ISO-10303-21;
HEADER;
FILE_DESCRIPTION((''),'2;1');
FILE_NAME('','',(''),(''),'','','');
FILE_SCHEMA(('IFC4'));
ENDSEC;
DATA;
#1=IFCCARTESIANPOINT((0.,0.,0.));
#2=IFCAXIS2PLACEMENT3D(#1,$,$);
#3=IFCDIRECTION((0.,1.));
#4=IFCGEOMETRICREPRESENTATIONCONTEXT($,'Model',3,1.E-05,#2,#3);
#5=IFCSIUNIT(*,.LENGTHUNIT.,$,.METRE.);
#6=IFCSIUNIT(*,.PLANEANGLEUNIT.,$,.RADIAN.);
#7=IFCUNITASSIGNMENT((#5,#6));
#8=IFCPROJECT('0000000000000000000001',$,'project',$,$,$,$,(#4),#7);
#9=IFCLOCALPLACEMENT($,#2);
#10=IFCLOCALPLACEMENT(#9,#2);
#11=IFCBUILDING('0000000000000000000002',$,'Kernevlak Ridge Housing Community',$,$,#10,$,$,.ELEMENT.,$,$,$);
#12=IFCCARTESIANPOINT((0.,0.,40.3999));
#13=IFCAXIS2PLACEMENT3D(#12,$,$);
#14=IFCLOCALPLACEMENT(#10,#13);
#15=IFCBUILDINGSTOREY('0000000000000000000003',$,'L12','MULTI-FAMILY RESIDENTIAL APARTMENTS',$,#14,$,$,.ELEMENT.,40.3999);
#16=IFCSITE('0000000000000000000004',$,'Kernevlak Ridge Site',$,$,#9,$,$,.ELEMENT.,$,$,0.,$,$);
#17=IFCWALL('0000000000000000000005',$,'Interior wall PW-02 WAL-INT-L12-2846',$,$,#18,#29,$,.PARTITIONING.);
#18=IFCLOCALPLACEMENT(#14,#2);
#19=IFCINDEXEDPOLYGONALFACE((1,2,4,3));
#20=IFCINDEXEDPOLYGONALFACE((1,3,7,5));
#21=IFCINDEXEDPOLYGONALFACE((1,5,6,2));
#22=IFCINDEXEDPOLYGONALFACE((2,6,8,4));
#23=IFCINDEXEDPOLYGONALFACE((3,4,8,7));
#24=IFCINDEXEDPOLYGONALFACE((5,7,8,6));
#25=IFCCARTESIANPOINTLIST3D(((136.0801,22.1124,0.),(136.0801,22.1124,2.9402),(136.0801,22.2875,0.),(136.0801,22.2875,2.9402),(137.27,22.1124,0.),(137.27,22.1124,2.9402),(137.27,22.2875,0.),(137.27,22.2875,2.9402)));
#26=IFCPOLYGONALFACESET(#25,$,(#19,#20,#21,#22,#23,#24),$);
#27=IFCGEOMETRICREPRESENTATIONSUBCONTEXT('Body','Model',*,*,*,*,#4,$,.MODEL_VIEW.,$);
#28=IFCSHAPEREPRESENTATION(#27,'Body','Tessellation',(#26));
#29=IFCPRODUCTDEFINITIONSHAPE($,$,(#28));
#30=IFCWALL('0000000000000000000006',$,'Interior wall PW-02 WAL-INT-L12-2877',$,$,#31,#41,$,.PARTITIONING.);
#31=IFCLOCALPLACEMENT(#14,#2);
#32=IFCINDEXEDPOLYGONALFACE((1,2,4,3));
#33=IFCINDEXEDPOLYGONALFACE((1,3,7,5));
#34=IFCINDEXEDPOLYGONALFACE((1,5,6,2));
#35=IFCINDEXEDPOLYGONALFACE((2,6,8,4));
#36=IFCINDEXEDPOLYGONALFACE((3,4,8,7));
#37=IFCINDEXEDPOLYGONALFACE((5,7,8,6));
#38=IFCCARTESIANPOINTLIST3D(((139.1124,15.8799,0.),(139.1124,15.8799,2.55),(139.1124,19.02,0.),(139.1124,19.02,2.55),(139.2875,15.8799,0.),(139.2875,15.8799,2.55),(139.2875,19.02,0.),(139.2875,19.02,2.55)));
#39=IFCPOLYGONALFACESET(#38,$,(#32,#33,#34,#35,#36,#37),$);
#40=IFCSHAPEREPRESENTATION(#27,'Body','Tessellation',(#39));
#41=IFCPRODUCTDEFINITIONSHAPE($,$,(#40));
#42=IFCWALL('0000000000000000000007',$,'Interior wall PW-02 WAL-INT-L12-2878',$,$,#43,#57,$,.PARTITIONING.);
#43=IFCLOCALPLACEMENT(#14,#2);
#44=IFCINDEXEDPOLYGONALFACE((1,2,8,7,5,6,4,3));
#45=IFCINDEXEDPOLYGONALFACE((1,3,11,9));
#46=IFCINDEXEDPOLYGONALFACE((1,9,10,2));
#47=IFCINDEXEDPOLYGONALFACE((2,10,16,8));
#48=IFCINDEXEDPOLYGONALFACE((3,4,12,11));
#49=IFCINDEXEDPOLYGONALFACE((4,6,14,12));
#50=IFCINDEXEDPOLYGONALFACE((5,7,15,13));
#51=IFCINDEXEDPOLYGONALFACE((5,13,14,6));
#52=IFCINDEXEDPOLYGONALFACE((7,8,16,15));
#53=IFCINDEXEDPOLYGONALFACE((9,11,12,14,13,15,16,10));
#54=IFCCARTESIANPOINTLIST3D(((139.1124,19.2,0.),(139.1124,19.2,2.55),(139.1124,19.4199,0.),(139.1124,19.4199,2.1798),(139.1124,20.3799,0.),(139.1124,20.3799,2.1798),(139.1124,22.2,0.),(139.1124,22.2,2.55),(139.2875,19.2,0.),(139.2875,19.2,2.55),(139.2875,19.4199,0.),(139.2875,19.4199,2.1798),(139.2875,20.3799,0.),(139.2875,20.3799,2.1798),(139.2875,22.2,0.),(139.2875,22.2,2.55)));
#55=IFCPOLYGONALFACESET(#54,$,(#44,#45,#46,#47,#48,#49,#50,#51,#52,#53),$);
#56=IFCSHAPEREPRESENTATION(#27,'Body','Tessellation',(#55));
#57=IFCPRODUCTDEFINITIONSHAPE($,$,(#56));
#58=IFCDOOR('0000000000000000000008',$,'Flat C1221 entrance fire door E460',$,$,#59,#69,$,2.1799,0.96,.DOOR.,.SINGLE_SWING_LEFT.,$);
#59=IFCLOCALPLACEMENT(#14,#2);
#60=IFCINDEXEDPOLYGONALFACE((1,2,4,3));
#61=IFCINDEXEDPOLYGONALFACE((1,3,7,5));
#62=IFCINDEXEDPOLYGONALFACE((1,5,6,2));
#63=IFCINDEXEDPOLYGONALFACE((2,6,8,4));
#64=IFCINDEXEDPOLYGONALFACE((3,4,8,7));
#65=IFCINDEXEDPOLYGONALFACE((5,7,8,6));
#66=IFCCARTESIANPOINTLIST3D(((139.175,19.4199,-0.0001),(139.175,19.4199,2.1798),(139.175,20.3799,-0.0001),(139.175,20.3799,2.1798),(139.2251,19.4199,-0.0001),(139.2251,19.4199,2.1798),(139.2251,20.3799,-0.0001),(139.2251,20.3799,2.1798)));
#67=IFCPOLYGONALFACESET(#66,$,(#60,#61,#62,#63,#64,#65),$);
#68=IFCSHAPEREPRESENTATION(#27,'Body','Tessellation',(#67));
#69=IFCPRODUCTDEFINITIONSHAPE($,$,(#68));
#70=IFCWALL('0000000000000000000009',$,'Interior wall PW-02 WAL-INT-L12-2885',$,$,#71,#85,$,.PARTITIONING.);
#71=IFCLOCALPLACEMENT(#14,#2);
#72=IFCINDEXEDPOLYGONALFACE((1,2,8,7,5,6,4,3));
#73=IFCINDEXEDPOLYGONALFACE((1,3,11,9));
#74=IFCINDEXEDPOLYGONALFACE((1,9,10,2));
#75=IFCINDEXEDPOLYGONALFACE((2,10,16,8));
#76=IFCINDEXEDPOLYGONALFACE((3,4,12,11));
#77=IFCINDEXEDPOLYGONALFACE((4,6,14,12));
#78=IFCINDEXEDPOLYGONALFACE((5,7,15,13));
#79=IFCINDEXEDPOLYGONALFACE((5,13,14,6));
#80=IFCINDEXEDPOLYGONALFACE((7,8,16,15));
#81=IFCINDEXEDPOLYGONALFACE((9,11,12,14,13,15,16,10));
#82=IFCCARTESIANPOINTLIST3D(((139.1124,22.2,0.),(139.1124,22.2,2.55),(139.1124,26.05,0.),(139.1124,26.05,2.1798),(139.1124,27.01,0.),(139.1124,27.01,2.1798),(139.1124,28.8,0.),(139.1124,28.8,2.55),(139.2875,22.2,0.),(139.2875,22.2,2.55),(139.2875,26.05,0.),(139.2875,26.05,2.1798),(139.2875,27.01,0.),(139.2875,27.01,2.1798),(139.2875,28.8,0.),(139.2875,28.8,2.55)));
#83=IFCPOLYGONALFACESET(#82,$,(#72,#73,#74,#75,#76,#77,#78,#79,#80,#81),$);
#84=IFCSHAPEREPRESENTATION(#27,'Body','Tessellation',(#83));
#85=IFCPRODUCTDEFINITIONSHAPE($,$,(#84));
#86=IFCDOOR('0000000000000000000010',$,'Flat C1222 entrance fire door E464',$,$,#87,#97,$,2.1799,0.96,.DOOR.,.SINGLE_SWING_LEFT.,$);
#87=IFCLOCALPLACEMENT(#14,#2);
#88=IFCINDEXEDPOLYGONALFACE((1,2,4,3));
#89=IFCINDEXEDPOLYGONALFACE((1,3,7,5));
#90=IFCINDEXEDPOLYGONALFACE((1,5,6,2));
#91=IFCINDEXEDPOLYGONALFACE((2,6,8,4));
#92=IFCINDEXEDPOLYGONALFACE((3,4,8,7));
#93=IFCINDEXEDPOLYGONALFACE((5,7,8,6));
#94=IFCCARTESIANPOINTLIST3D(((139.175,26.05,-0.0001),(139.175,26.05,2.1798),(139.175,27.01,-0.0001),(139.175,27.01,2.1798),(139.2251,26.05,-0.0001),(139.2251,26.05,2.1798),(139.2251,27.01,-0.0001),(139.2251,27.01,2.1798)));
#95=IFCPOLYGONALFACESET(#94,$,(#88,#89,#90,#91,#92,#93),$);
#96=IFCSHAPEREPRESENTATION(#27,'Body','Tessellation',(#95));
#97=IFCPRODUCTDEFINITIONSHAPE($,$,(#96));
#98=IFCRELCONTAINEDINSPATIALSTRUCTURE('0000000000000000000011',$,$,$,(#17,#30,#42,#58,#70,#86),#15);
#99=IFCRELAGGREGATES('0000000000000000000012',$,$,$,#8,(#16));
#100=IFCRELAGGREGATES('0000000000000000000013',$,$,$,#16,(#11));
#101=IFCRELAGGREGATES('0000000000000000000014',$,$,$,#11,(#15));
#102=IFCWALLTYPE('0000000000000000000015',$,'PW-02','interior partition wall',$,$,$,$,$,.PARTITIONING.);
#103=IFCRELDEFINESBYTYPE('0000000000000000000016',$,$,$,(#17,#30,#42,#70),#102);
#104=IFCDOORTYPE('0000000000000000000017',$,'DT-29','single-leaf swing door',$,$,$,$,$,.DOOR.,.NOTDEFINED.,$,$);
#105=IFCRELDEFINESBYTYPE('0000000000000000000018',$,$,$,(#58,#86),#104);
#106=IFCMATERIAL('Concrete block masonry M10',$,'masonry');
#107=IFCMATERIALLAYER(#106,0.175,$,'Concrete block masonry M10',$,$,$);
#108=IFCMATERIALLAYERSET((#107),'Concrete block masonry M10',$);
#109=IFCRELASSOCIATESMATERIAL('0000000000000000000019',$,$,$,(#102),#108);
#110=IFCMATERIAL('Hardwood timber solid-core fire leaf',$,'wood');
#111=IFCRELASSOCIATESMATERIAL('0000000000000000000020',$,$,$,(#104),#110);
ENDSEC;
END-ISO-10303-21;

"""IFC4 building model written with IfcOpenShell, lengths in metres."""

from ifc_helpers import new_model, si_unit, direction, frame, frame_2d, origin, place, context, subcontext, project, spatial, rectangle, extrude, material, layer, layer_set, type_object, element, fill, save


model = new_model("IFC4")

# Units and contexts
model_context = context("Model", 3, precision=1e-05, world=origin(), true_north=direction((0.0, 1.0)))
body_context = subcontext(model_context, "Body", "Model", "MODEL_VIEW")
ifc_project = project(units=[si_unit("LENGTHUNIT", "METRE"), si_unit("PLANEANGLEUNIT", "RADIAN")], contexts=[model_context])

# Site, building, storey
site_placement = place(None, origin())
site = spatial("IfcSite", under=ifc_project, at=site_placement, Name="Kernevlak Ridge Site", CompositionType="ELEMENT", RefElevation=0.0)
building_placement = place(site_placement, origin())
building = spatial("IfcBuilding", under=site, at=building_placement, Name="Kernevlak Ridge Housing Community", CompositionType="ELEMENT")
storey_placement = place(building_placement, frame((0.0, 0.0, 40.3999)))
storey = spatial("IfcBuildingStorey", under=building, at=storey_placement, Name="L12", Description="MULTI-FAMILY RESIDENTIAL APARTMENTS", CompositionType="ELEMENT", Elevation=40.3999)

# Shared definitions
ifc_material_1 = material(Name="Concrete block masonry M10", Category="masonry")
ifc_layer_1 = layer(ifc_material_1, 0.175, Name="Concrete block masonry M10")
ifc_layer_set_1 = layer_set([ifc_layer_1], Name="Concrete block masonry M10")
wall_type_1 = type_object("IfcWallType", Name="PW-02", Description="interior partition wall", PredefinedType="PARTITIONING", material=ifc_layer_set_1)

# Walls
wall_1_placement = place(storey_placement, frame((136.0801, 22.2, 0.0), z_axis=(0.0, 0.0, 1.0), x_axis=(1.0, 0.0, 0.0)))
element("IfcWall", 1, at=wall_1_placement, inside=storey, type_object=wall_type_1, Name="Interior wall PW-02 WAL-INT-L12-2846", PredefinedType="PARTITIONING", context=body_context, shape_type="SweptSolid", body=[
    extrude(rectangle(XDim=1.1899, YDim=0.175, at=frame_2d((0.595, 0.0))), origin(), (0.0, 0.0, 1.0), 2.9402),
])
wall_2_placement = place(storey_placement, frame((139.2, 15.8799, 0.0), z_axis=(0.0, 0.0, 1.0), x_axis=(0.0, 1.0, 0.0)))
element("IfcWall", 2, at=wall_2_placement, inside=storey, type_object=wall_type_1, Name="Interior wall PW-02 WAL-INT-L12-2877", PredefinedType="PARTITIONING", context=body_context, shape_type="SweptSolid", body=[
    extrude(rectangle(XDim=3.1401, YDim=0.175, at=frame_2d((1.5701, 0.0))), origin(), (0.0, 0.0, 1.0), 2.55),
])

# Walls, openings, doors
wall_3_placement = place(storey_placement, frame((139.2, 19.2, 0.0), z_axis=(0.0, 0.0, 1.0), x_axis=(0.0, 1.0, 0.0)))
wall_3 = element("IfcWall", 3, at=wall_3_placement, inside=storey, type_object=wall_type_1, Name="Interior wall PW-02 WAL-INT-L12-2878", PredefinedType="PARTITIONING", context=body_context, shape_type="SweptSolid", body=[
    extrude(rectangle(XDim=3.0, YDim=0.175, at=frame_2d((1.5, 0.0))), origin(), (0.0, 0.0, 1.0), 2.55),
])
opening_1_placement = place(wall_3_placement, frame((0.22, 0.0, 0.0)))
opening_1 = element("IfcOpeningElement", 4, at=opening_1_placement, cuts=wall_3, PredefinedType="OPENING", context=body_context, shape_type="SweptSolid", body=[
    extrude(rectangle(XDim=0.96, YDim=2.1799, at=frame_2d((0.48, 1.0898))), frame((0.0, 0.0974, 0.0), z_axis=(0.0, -1.0, 0.0), x_axis=(1.0, 0.0, 0.0)), (0.0, 0.0, 1.0), 0.1951),
])
ifc_material_2 = material(Name="Hardwood timber solid-core fire leaf", Category="wood")
door_type_1 = type_object("IfcDoorType", Name="DT-29", Description="single-leaf swing door", OperationType="NOTDEFINED", PredefinedType="DOOR", material=ifc_material_2)
door_1_placement = place(opening_1_placement, origin())
door_1 = element("IfcDoor", 5, at=door_1_placement, inside=storey, type_object=door_type_1, Name="Flat C1221 entrance fire door E460", OperationType="SINGLE_SWING_LEFT", OverallHeight=2.1799, OverallWidth=0.96, PredefinedType="DOOR", context=body_context, shape_type="SweptSolid", body=[
    extrude(rectangle(XDim=0.96, YDim=2.1799, at=frame_2d((0.48, 1.0898))), frame((0.0, 0.0249, 0.0), z_axis=(0.0, -1.0, 0.0), x_axis=(1.0, 0.0, 0.0)), (0.0, 0.0, 1.0), 0.05),
])
fill(opening_1, door_1)
wall_4_placement = place(storey_placement, frame((139.2, 22.2, 0.0), z_axis=(0.0, 0.0, 1.0), x_axis=(0.0, 1.0, 0.0)))
wall_4 = element("IfcWall", 6, at=wall_4_placement, inside=storey, type_object=wall_type_1, Name="Interior wall PW-02 WAL-INT-L12-2885", PredefinedType="PARTITIONING", context=body_context, shape_type="SweptSolid", body=[
    extrude(rectangle(XDim=6.6001, YDim=0.175, at=frame_2d((3.3, 0.0))), origin(), (0.0, 0.0, 1.0), 2.55),
])
opening_2_placement = place(wall_4_placement, frame((3.8501, 0.0, 0.0)))
opening_2 = element("IfcOpeningElement", 7, at=opening_2_placement, cuts=wall_4, PredefinedType="OPENING", context=body_context, shape_type="SweptSolid", body=[
    extrude(rectangle(XDim=0.96, YDim=2.1799, at=frame_2d((0.48, 1.0898))), frame((0.0, 0.0974, 0.0), z_axis=(0.0, -1.0, 0.0), x_axis=(1.0, 0.0, 0.0)), (0.0, 0.0, 1.0), 0.1951),
])
door_2_placement = place(opening_2_placement, origin())
door_2 = element("IfcDoor", 8, at=door_2_placement, inside=storey, type_object=door_type_1, Name="Flat C1222 entrance fire door E464", OperationType="SINGLE_SWING_LEFT", OverallHeight=2.1799, OverallWidth=0.96, PredefinedType="DOOR", context=body_context, shape_type="SweptSolid", body=[
    extrude(rectangle(XDim=0.96, YDim=2.1799, at=frame_2d((0.48, 1.0898))), frame((0.0, 0.0249, 0.0), z_axis=(0.0, -1.0, 0.0), x_axis=(1.0, 0.0, 0.0)), (0.0, 0.0, 1.0), 0.05),
])
fill(opening_2, door_2)

save(model, "model.ifc")
